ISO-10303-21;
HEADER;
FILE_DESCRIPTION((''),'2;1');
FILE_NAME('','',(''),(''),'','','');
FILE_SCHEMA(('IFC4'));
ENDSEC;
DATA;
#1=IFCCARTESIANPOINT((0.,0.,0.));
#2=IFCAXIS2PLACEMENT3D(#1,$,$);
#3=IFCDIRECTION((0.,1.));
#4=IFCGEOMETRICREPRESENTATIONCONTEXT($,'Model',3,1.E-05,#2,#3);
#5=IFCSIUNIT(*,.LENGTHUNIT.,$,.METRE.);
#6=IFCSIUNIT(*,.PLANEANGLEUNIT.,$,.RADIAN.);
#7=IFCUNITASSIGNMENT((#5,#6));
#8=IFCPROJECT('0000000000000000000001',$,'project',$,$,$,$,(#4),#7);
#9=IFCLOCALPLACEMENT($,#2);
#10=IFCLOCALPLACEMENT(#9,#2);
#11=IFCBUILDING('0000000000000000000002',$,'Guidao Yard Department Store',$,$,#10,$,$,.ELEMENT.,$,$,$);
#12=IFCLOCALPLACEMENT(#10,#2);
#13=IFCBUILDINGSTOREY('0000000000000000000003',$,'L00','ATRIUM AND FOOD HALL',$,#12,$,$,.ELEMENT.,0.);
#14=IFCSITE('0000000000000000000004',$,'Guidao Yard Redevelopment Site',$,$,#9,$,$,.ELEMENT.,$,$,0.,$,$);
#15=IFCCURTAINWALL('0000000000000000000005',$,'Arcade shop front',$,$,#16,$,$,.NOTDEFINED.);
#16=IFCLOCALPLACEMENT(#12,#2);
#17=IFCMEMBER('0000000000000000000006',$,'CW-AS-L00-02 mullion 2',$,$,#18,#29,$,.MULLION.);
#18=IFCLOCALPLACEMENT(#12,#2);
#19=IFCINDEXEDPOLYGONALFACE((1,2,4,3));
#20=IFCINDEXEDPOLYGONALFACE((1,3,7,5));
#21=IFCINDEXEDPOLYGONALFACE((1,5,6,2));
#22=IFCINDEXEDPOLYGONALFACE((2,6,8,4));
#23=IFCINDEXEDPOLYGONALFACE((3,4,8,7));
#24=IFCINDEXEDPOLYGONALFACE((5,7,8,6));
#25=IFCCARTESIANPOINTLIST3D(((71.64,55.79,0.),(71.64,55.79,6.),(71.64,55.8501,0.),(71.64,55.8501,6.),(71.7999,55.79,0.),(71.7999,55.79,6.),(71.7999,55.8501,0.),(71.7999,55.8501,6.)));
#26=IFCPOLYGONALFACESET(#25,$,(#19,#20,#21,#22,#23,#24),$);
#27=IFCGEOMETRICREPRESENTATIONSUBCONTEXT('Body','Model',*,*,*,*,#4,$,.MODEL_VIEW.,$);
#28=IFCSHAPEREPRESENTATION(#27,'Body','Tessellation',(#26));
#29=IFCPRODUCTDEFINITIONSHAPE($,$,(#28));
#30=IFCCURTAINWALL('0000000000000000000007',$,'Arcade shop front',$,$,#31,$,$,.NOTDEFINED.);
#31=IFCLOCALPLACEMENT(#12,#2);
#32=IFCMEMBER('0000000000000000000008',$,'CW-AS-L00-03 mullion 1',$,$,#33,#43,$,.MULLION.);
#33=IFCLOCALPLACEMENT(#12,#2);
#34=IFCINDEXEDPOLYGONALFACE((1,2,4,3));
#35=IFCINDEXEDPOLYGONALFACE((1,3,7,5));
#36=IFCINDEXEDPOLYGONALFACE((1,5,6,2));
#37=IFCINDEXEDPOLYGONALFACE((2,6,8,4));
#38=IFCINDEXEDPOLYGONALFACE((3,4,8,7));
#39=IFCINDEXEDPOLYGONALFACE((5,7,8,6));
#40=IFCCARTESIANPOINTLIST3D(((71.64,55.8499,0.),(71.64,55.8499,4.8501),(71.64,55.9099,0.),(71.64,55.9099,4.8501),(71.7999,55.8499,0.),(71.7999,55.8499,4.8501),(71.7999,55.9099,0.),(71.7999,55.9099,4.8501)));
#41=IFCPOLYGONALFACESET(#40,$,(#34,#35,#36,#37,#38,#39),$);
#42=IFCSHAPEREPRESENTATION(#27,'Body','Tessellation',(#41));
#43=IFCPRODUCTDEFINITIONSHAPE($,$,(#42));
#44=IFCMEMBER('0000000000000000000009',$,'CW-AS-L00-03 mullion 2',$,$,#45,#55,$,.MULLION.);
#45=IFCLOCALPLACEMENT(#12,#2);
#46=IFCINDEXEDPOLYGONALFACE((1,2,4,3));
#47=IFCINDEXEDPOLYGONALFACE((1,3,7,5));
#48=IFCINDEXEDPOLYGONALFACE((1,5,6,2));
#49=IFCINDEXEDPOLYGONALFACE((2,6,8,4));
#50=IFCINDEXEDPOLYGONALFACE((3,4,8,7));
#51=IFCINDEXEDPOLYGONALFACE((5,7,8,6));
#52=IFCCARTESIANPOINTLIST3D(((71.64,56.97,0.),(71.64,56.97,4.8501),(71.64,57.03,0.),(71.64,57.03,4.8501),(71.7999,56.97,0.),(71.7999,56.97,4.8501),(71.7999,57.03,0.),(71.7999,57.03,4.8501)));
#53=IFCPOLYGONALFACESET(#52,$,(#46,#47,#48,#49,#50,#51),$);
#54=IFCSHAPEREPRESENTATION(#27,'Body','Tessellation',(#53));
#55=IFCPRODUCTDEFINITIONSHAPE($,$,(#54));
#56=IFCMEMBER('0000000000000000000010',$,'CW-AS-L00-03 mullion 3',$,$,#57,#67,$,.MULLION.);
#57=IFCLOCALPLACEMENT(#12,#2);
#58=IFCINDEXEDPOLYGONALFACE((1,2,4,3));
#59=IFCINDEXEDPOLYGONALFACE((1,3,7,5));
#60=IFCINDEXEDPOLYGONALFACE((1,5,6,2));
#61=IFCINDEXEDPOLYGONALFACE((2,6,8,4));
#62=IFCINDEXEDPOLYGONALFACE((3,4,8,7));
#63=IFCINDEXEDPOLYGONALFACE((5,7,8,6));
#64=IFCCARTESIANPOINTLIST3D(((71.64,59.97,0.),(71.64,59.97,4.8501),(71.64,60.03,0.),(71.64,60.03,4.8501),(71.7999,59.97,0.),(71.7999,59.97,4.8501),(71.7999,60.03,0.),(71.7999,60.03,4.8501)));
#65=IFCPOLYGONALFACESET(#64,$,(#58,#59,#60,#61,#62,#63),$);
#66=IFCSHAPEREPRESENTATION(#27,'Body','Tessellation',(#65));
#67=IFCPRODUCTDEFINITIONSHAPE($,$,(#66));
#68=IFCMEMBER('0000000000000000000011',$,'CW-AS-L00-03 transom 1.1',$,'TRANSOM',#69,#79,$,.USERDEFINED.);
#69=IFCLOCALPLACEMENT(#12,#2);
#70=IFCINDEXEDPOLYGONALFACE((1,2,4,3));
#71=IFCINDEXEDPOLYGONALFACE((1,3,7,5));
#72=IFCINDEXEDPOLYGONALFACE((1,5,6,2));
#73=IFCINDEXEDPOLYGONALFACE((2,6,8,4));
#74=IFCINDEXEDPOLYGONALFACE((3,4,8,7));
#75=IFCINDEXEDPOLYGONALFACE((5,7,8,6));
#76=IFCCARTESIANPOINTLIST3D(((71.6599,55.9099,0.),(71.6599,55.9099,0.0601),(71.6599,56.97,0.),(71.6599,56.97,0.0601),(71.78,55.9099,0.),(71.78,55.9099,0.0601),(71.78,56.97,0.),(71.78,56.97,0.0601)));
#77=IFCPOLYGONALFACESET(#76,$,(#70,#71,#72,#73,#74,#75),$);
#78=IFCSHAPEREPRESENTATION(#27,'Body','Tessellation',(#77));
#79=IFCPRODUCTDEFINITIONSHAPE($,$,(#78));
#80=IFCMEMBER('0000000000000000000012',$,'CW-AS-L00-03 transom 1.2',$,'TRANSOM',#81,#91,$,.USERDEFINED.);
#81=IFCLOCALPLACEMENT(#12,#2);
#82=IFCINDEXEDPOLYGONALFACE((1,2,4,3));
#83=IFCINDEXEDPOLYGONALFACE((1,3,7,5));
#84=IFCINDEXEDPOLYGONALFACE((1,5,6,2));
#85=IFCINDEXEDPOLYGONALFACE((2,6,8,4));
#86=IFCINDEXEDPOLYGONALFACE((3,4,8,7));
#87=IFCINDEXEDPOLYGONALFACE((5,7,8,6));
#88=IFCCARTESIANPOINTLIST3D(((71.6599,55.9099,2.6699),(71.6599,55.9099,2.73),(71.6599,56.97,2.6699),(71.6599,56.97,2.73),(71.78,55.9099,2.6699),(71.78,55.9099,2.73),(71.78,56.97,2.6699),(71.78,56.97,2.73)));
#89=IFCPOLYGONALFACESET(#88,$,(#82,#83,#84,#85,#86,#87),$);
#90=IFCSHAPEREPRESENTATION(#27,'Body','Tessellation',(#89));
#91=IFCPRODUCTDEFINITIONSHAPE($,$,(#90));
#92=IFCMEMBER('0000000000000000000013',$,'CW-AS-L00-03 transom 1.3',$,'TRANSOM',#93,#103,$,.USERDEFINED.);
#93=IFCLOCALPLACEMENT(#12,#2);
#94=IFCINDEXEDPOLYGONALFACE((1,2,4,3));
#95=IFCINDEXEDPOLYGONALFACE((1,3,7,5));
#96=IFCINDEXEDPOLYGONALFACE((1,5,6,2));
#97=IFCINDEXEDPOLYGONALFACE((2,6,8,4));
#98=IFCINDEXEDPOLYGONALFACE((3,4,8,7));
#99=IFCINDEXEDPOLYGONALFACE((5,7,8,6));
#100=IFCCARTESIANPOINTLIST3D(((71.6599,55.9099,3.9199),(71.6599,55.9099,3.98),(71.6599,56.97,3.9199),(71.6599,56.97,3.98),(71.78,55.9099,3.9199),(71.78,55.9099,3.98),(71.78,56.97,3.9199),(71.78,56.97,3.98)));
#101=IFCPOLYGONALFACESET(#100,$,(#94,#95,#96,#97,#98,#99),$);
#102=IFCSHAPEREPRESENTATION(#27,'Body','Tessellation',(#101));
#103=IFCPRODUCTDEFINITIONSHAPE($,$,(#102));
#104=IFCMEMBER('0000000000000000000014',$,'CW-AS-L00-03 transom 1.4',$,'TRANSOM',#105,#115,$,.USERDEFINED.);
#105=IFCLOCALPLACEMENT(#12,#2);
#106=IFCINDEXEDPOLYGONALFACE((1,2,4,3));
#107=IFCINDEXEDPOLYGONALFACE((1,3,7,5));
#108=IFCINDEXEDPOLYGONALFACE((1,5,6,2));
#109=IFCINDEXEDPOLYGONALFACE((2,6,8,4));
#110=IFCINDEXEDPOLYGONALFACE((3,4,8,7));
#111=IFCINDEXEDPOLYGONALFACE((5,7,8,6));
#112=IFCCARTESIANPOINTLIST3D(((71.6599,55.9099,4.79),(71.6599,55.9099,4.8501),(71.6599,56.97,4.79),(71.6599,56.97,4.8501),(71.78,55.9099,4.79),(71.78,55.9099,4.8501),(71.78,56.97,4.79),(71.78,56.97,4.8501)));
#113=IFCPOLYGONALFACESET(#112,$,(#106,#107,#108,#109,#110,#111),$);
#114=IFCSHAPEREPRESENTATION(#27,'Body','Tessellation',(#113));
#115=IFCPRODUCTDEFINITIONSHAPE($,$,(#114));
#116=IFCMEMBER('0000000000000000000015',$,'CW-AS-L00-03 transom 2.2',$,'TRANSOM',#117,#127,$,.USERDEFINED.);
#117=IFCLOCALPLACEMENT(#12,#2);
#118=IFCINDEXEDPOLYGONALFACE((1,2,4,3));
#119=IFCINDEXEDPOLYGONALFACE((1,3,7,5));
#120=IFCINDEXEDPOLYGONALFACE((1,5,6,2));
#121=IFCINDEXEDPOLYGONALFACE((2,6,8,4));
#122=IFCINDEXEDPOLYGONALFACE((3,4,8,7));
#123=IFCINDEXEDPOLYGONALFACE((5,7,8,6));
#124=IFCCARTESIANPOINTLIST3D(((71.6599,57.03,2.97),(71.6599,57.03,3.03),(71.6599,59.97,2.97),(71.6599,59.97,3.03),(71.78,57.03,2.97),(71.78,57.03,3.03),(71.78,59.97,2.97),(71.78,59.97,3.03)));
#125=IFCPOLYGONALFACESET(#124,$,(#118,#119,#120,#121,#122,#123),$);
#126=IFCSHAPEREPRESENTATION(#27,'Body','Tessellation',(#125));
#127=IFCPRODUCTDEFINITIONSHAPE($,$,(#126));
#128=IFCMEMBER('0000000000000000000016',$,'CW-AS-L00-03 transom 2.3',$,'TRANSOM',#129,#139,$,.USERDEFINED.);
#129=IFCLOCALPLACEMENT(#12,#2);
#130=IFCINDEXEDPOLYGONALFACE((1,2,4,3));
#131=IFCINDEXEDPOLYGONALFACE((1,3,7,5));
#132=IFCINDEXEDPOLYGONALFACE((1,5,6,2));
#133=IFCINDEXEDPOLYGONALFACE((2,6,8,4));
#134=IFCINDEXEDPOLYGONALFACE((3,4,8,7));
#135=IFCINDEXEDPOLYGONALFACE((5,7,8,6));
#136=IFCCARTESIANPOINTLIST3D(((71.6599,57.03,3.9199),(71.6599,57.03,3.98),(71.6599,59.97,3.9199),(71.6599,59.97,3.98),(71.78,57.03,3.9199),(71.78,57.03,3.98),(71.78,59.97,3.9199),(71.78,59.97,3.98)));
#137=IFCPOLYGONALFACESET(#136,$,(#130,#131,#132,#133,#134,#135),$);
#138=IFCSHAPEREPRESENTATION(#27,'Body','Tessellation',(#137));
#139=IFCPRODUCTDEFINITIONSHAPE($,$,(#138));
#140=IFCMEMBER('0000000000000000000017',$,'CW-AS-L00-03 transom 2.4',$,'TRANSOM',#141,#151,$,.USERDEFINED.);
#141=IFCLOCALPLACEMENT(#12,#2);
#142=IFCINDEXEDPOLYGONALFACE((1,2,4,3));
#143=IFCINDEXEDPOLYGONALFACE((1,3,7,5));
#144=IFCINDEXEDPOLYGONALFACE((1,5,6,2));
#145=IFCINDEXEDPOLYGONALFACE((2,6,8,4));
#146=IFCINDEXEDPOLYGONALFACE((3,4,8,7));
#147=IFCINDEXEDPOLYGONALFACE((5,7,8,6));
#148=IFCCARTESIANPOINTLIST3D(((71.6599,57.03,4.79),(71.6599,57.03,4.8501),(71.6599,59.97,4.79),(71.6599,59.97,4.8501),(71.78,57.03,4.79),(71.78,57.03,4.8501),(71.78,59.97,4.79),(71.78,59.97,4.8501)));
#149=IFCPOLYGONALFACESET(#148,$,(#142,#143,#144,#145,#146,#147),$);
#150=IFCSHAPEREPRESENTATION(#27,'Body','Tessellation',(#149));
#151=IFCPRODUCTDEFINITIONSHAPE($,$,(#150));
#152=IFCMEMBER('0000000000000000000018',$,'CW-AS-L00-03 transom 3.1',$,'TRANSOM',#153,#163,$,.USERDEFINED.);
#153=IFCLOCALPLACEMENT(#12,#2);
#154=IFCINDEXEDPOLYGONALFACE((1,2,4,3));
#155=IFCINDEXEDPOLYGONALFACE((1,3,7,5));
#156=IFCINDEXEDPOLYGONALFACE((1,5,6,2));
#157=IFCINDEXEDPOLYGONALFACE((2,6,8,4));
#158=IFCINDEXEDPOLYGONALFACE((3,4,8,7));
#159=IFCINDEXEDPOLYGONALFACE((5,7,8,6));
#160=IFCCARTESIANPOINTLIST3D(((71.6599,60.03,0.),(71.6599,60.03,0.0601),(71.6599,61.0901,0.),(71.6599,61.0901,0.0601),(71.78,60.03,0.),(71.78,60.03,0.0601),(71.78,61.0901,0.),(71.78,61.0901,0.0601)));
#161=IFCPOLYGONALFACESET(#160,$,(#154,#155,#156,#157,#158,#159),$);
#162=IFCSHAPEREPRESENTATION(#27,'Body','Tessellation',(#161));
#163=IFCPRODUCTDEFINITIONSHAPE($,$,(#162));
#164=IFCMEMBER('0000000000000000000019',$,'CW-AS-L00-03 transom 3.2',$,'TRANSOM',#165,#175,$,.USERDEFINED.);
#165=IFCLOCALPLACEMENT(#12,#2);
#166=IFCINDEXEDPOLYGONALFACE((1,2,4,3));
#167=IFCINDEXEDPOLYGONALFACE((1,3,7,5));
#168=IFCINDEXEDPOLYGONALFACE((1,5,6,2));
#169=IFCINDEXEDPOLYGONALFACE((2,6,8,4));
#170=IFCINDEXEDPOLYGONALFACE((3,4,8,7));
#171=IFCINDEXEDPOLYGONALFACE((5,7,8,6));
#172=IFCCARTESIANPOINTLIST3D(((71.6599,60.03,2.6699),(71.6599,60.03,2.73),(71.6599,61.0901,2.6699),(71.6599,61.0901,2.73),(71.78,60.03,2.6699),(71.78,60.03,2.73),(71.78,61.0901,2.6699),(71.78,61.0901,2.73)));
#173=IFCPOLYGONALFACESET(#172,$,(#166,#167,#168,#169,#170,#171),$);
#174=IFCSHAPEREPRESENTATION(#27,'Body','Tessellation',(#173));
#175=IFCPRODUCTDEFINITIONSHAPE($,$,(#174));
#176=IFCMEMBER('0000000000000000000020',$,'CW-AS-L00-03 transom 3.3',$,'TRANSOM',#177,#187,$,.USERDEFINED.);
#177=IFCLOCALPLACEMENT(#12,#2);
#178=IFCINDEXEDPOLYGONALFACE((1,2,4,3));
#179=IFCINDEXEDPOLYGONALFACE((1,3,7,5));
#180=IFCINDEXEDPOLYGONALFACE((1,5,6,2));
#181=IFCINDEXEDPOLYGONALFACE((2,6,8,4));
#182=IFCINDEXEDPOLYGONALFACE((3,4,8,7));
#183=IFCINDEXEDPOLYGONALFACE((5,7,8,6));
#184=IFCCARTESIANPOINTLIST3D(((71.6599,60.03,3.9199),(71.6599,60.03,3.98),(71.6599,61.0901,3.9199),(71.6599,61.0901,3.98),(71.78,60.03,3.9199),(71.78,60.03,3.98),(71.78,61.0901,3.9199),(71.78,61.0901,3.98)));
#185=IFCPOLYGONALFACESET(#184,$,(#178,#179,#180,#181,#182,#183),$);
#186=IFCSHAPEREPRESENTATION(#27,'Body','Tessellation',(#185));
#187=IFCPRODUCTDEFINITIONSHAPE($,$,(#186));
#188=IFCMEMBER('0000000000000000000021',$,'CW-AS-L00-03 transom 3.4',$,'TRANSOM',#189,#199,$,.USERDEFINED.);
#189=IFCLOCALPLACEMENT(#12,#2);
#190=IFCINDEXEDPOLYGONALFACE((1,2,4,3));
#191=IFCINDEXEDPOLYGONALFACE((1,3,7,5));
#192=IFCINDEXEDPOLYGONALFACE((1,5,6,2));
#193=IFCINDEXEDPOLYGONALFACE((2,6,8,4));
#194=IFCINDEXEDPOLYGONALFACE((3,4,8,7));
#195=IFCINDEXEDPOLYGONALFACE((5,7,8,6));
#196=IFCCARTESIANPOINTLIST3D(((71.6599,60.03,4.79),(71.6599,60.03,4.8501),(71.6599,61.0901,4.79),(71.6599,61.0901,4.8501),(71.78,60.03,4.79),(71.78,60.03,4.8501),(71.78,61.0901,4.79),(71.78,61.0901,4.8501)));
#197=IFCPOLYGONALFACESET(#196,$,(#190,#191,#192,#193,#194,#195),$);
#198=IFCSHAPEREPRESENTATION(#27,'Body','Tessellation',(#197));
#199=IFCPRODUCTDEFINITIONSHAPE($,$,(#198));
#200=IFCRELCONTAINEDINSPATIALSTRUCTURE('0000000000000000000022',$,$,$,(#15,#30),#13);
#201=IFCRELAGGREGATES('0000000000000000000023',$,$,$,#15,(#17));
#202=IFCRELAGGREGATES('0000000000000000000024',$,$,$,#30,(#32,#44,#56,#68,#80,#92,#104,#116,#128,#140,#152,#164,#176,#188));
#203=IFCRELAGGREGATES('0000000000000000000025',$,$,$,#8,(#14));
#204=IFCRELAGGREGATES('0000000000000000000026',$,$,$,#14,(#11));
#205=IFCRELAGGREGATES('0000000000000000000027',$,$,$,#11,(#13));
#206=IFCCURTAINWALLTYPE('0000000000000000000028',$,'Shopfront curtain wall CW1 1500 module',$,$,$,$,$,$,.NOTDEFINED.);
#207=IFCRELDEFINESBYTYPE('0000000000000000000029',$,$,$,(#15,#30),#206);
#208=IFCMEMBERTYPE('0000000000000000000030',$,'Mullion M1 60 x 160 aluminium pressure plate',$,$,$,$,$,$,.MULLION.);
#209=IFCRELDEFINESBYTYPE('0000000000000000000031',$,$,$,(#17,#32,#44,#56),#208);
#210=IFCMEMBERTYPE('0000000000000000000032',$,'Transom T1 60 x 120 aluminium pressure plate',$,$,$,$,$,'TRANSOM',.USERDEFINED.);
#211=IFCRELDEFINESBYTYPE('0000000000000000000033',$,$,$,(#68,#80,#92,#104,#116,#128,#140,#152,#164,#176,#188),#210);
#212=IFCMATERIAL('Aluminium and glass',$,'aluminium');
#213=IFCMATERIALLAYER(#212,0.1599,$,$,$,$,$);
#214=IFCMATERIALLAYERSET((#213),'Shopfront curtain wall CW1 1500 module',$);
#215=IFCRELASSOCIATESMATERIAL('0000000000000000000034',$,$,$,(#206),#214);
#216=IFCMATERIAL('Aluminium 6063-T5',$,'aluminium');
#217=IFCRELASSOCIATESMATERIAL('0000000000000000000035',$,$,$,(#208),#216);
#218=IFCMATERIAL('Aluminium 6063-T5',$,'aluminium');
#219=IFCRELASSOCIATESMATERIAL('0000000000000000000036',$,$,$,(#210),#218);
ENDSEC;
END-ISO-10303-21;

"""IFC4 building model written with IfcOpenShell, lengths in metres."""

from ifc_helpers import new_model, si_unit, direction, frame, origin, origin_2d, place, context, subcontext, project, spatial, rectangle, extrude, material, layer, layer_set, material_profile, profile_set, type_object, element, aggregate, save


model = new_model("IFC4")

# Units and contexts
model_context = context("Model", 3, precision=1e-05, world=origin(), true_north=direction((0.0, 1.0)))
body_context = subcontext(model_context, "Body", "Model", "MODEL_VIEW")
ifc_project = project(units=[si_unit("LENGTHUNIT", "METRE"), si_unit("PLANEANGLEUNIT", "RADIAN")], contexts=[model_context])

# Site, building, storey
site_placement = place(None, origin())
site = spatial("IfcSite", under=ifc_project, at=site_placement, Name="Guidao Yard Redevelopment Site", CompositionType="ELEMENT", RefElevation=0.0)
building_placement = place(site_placement, origin())
building = spatial("IfcBuilding", under=site, at=building_placement, Name="Guidao Yard Department Store", CompositionType="ELEMENT")
storey_placement = place(building_placement, origin())
storey = spatial("IfcBuildingStorey", under=building, at=storey_placement, Name="L00", Description="ATRIUM AND FOOD HALL", CompositionType="ELEMENT", Elevation=0.0)

# Curtain wall, member
ifc_material_1 = material(Name="Aluminium and glass", Category="aluminium")
ifc_layer_1 = layer(ifc_material_1, 0.1599)
ifc_layer_set_1 = layer_set([ifc_layer_1], Name="Shopfront curtain wall CW1 1500 module")
curtain_wall_type = type_object("IfcCurtainWallType", Name="Shopfront curtain wall CW1 1500 module", PredefinedType="NOTDEFINED", material=ifc_layer_set_1)
curtain_wall_1_placement = place(storey_placement, origin())
curtain_wall_1 = element("IfcCurtainWall", 1, at=curtain_wall_1_placement, inside=storey, type_object=curtain_wall_type, Name="Arcade shop front", PredefinedType="NOTDEFINED")
ifc_material_2 = material(Name="Aluminium 6063-T5", Category="aluminium")
ifc_material_profile_1 = material_profile(ifc_material_2, rectangle(XDim=0.0601, YDim=0.1599, at=origin_2d()), Name="Mullion M1 60 x 160 aluminium pressure plate")
ifc_profile_set_1 = profile_set([ifc_material_profile_1], Name="Aluminium 6063-T5")
member_type_1 = type_object("IfcMemberType", Name="Mullion M1 60 x 160 aluminium pressure plate", PredefinedType="MULLION", material=ifc_profile_set_1)
member_1_placement = place(storey_placement, frame((71.72, 55.8201, 0.0), z_axis=(0.0, 0.0, 1.0), x_axis=(0.0, 1.0, 0.0)))
member_1 = element("IfcMember", 2, at=member_1_placement, type_object=member_type_1, Name="CW-AS-L00-02 mullion 2", PredefinedType="MULLION", context=body_context, shape_type="SweptSolid", body=[
    extrude(rectangle(XDim=0.0601, YDim=0.1599, at=origin_2d()), origin(), (0.0, 0.0, 1.0), 6.0),
])
aggregate(curtain_wall_1, [member_1])

# Curtain wall, members
curtain_wall_2_placement = place(storey_placement, origin())
curtain_wall_2 = element("IfcCurtainWall", 3, at=curtain_wall_2_placement, inside=storey, type_object=curtain_wall_type, Name="Arcade shop front", PredefinedType="NOTDEFINED")
member_2_placement = place(storey_placement, frame((71.72, 55.8799, 0.0), z_axis=(0.0, 0.0, 1.0), x_axis=(0.0, 1.0, 0.0)))
member_2 = element("IfcMember", 4, at=member_2_placement, type_object=member_type_1, Name="CW-AS-L00-03 mullion 1", PredefinedType="MULLION", context=body_context, shape_type="SweptSolid", body=[
    extrude(rectangle(XDim=0.0601, YDim=0.1599, at=origin_2d()), origin(), (0.0, 0.0, 1.0), 4.8501),
])
member_3_placement = place(storey_placement, frame((71.72, 57.0, 0.0), z_axis=(0.0, 0.0, 1.0), x_axis=(0.0, 1.0, 0.0)))
member_3 = element("IfcMember", 5, at=member_3_placement, type_object=member_type_1, Name="CW-AS-L00-03 mullion 2", PredefinedType="MULLION", context=body_context, shape_type="SweptSolid", body=[
    extrude(rectangle(XDim=0.0601, YDim=0.1599, at=origin_2d()), origin(), (0.0, 0.0, 1.0), 4.8501),
])
member_4_placement = place(storey_placement, frame((71.72, 60.0, 0.0), z_axis=(0.0, 0.0, 1.0), x_axis=(0.0, 1.0, 0.0)))
member_4 = element("IfcMember", 6, at=member_4_placement, type_object=member_type_1, Name="CW-AS-L00-03 mullion 3", PredefinedType="MULLION", context=body_context, shape_type="SweptSolid", body=[
    extrude(rectangle(XDim=0.0601, YDim=0.1599, at=origin_2d()), origin(), (0.0, 0.0, 1.0), 4.8501),
])
ifc_material_3 = material(Name="Aluminium 6063-T5", Category="aluminium")
ifc_material_profile_2 = material_profile(ifc_material_3, rectangle(XDim=0.1201, YDim=0.0601, at=origin_2d()), Name="Transom T1 60 x 120 aluminium pressure plate")
ifc_profile_set_2 = profile_set([ifc_material_profile_2], Name="Aluminium 6063-T5")
member_type_2 = type_object("IfcMemberType", Name="Transom T1 60 x 120 aluminium pressure plate", ElementType="TRANSOM", PredefinedType="USERDEFINED", material=ifc_profile_set_2)
member_5_placement = place(storey_placement, frame((71.72, 55.9099, 0.03), z_axis=(0.0, 1.0, 0.0), x_axis=(-1.0, 0.0, 0.0)))
member_5 = element("IfcMember", 7, at=member_5_placement, type_object=member_type_2, Name="CW-AS-L00-03 transom 1.1", ObjectType="TRANSOM", PredefinedType="USERDEFINED", context=body_context, shape_type="SweptSolid", body=[
    extrude(rectangle(XDim=0.1201, YDim=0.0601, at=origin_2d()), origin(), (0.0, 0.0, 1.0), 1.0601),
])
member_6_placement = place(storey_placement, frame((71.72, 55.9099, 2.7), z_axis=(0.0, 1.0, 0.0), x_axis=(-1.0, 0.0, 0.0)))
member_6 = element("IfcMember", 8, at=member_6_placement, type_object=member_type_2, Name="CW-AS-L00-03 transom 1.2", ObjectType="TRANSOM", PredefinedType="USERDEFINED", context=body_context, shape_type="SweptSolid", body=[
    extrude(rectangle(XDim=0.1201, YDim=0.0601, at=origin_2d()), origin(), (0.0, 0.0, 1.0), 1.0601),
])
member_7_placement = place(storey_placement, frame((71.72, 55.9099, 3.95), z_axis=(0.0, 1.0, 0.0), x_axis=(-1.0, 0.0, 0.0)))
member_7 = element("IfcMember", 9, at=member_7_placement, type_object=member_type_2, Name="CW-AS-L00-03 transom 1.3", ObjectType="TRANSOM", PredefinedType="USERDEFINED", context=body_context, shape_type="SweptSolid", body=[
    extrude(rectangle(XDim=0.1201, YDim=0.0601, at=origin_2d()), origin(), (0.0, 0.0, 1.0), 1.0601),
])
member_8_placement = place(storey_placement, frame((71.72, 55.9099, 4.8201), z_axis=(0.0, 1.0, 0.0), x_axis=(-1.0, 0.0, 0.0)))
member_8 = element("IfcMember", 10, at=member_8_placement, type_object=member_type_2, Name="CW-AS-L00-03 transom 1.4", ObjectType="TRANSOM", PredefinedType="USERDEFINED", context=body_context, shape_type="SweptSolid", body=[
    extrude(rectangle(XDim=0.1201, YDim=0.0601, at=origin_2d()), origin(), (0.0, 0.0, 1.0), 1.0601),
])
member_9_placement = place(storey_placement, frame((71.72, 57.03, 3.0), z_axis=(0.0, 1.0, 0.0), x_axis=(-1.0, 0.0, 0.0)))
member_9 = element("IfcMember", 11, at=member_9_placement, type_object=member_type_2, Name="CW-AS-L00-03 transom 2.2", ObjectType="TRANSOM", PredefinedType="USERDEFINED", context=body_context, shape_type="SweptSolid", body=[
    extrude(rectangle(XDim=0.1201, YDim=0.0601, at=origin_2d()), origin(), (0.0, 0.0, 1.0), 2.9399),
])
member_10_placement = place(storey_placement, frame((71.72, 57.03, 3.95), z_axis=(0.0, 1.0, 0.0), x_axis=(-1.0, 0.0, 0.0)))
member_10 = element("IfcMember", 12, at=member_10_placement, type_object=member_type_2, Name="CW-AS-L00-03 transom 2.3", ObjectType="TRANSOM", PredefinedType="USERDEFINED", context=body_context, shape_type="SweptSolid", body=[
    extrude(rectangle(XDim=0.1201, YDim=0.0601, at=origin_2d()), origin(), (0.0, 0.0, 1.0), 2.9399),
])
member_11_placement = place(storey_placement, frame((71.72, 57.03, 4.8201), z_axis=(0.0, 1.0, 0.0), x_axis=(-1.0, 0.0, 0.0)))
member_11 = element("IfcMember", 13, at=member_11_placement, type_object=member_type_2, Name="CW-AS-L00-03 transom 2.4", ObjectType="TRANSOM", PredefinedType="USERDEFINED", context=body_context, shape_type="SweptSolid", body=[
    extrude(rectangle(XDim=0.1201, YDim=0.0601, at=origin_2d()), origin(), (0.0, 0.0, 1.0), 2.9399),
])
member_12_placement = place(storey_placement, frame((71.72, 60.03, 0.03), z_axis=(0.0, 1.0, 0.0), x_axis=(-1.0, 0.0, 0.0)))
member_12 = element("IfcMember", 14, at=member_12_placement, type_object=member_type_2, Name="CW-AS-L00-03 transom 3.1", ObjectType="TRANSOM", PredefinedType="USERDEFINED", context=body_context, shape_type="SweptSolid", body=[
    extrude(rectangle(XDim=0.1201, YDim=0.0601, at=origin_2d()), origin(), (0.0, 0.0, 1.0), 1.0601),
])
member_13_placement = place(storey_placement, frame((71.72, 60.03, 2.7), z_axis=(0.0, 1.0, 0.0), x_axis=(-1.0, 0.0, 0.0)))
member_13 = element("IfcMember", 15, at=member_13_placement, type_object=member_type_2, Name="CW-AS-L00-03 transom 3.2", ObjectType="TRANSOM", PredefinedType="USERDEFINED", context=body_context, shape_type="SweptSolid", body=[
    extrude(rectangle(XDim=0.1201, YDim=0.0601, at=origin_2d()), origin(), (0.0, 0.0, 1.0), 1.0601),
])
member_14_placement = place(storey_placement, frame((71.72, 60.03, 3.95), z_axis=(0.0, 1.0, 0.0), x_axis=(-1.0, 0.0, 0.0)))
member_14 = element("IfcMember", 16, at=member_14_placement, type_object=member_type_2, Name="CW-AS-L00-03 transom 3.3", ObjectType="TRANSOM", PredefinedType="USERDEFINED", context=body_context, shape_type="SweptSolid", body=[
    extrude(rectangle(XDim=0.1201, YDim=0.0601, at=origin_2d()), origin(), (0.0, 0.0, 1.0), 1.0601),
])
member_15_placement = place(storey_placement, frame((71.72, 60.03, 4.8201), z_axis=(0.0, 1.0, 0.0), x_axis=(-1.0, 0.0, 0.0)))
member_15 = element("IfcMember", 17, at=member_15_placement, type_object=member_type_2, Name="CW-AS-L00-03 transom 3.4", ObjectType="TRANSOM", PredefinedType="USERDEFINED", context=body_context, shape_type="SweptSolid", body=[
    extrude(rectangle(XDim=0.1201, YDim=0.0601, at=origin_2d()), origin(), (0.0, 0.0, 1.0), 1.0601),
])
aggregate(curtain_wall_2, [member_2, member_3, member_4, member_5, member_6, member_7, member_8, member_9, member_10, member_11, member_12, member_13, member_14, member_15])

save(model, "model.ifc")
